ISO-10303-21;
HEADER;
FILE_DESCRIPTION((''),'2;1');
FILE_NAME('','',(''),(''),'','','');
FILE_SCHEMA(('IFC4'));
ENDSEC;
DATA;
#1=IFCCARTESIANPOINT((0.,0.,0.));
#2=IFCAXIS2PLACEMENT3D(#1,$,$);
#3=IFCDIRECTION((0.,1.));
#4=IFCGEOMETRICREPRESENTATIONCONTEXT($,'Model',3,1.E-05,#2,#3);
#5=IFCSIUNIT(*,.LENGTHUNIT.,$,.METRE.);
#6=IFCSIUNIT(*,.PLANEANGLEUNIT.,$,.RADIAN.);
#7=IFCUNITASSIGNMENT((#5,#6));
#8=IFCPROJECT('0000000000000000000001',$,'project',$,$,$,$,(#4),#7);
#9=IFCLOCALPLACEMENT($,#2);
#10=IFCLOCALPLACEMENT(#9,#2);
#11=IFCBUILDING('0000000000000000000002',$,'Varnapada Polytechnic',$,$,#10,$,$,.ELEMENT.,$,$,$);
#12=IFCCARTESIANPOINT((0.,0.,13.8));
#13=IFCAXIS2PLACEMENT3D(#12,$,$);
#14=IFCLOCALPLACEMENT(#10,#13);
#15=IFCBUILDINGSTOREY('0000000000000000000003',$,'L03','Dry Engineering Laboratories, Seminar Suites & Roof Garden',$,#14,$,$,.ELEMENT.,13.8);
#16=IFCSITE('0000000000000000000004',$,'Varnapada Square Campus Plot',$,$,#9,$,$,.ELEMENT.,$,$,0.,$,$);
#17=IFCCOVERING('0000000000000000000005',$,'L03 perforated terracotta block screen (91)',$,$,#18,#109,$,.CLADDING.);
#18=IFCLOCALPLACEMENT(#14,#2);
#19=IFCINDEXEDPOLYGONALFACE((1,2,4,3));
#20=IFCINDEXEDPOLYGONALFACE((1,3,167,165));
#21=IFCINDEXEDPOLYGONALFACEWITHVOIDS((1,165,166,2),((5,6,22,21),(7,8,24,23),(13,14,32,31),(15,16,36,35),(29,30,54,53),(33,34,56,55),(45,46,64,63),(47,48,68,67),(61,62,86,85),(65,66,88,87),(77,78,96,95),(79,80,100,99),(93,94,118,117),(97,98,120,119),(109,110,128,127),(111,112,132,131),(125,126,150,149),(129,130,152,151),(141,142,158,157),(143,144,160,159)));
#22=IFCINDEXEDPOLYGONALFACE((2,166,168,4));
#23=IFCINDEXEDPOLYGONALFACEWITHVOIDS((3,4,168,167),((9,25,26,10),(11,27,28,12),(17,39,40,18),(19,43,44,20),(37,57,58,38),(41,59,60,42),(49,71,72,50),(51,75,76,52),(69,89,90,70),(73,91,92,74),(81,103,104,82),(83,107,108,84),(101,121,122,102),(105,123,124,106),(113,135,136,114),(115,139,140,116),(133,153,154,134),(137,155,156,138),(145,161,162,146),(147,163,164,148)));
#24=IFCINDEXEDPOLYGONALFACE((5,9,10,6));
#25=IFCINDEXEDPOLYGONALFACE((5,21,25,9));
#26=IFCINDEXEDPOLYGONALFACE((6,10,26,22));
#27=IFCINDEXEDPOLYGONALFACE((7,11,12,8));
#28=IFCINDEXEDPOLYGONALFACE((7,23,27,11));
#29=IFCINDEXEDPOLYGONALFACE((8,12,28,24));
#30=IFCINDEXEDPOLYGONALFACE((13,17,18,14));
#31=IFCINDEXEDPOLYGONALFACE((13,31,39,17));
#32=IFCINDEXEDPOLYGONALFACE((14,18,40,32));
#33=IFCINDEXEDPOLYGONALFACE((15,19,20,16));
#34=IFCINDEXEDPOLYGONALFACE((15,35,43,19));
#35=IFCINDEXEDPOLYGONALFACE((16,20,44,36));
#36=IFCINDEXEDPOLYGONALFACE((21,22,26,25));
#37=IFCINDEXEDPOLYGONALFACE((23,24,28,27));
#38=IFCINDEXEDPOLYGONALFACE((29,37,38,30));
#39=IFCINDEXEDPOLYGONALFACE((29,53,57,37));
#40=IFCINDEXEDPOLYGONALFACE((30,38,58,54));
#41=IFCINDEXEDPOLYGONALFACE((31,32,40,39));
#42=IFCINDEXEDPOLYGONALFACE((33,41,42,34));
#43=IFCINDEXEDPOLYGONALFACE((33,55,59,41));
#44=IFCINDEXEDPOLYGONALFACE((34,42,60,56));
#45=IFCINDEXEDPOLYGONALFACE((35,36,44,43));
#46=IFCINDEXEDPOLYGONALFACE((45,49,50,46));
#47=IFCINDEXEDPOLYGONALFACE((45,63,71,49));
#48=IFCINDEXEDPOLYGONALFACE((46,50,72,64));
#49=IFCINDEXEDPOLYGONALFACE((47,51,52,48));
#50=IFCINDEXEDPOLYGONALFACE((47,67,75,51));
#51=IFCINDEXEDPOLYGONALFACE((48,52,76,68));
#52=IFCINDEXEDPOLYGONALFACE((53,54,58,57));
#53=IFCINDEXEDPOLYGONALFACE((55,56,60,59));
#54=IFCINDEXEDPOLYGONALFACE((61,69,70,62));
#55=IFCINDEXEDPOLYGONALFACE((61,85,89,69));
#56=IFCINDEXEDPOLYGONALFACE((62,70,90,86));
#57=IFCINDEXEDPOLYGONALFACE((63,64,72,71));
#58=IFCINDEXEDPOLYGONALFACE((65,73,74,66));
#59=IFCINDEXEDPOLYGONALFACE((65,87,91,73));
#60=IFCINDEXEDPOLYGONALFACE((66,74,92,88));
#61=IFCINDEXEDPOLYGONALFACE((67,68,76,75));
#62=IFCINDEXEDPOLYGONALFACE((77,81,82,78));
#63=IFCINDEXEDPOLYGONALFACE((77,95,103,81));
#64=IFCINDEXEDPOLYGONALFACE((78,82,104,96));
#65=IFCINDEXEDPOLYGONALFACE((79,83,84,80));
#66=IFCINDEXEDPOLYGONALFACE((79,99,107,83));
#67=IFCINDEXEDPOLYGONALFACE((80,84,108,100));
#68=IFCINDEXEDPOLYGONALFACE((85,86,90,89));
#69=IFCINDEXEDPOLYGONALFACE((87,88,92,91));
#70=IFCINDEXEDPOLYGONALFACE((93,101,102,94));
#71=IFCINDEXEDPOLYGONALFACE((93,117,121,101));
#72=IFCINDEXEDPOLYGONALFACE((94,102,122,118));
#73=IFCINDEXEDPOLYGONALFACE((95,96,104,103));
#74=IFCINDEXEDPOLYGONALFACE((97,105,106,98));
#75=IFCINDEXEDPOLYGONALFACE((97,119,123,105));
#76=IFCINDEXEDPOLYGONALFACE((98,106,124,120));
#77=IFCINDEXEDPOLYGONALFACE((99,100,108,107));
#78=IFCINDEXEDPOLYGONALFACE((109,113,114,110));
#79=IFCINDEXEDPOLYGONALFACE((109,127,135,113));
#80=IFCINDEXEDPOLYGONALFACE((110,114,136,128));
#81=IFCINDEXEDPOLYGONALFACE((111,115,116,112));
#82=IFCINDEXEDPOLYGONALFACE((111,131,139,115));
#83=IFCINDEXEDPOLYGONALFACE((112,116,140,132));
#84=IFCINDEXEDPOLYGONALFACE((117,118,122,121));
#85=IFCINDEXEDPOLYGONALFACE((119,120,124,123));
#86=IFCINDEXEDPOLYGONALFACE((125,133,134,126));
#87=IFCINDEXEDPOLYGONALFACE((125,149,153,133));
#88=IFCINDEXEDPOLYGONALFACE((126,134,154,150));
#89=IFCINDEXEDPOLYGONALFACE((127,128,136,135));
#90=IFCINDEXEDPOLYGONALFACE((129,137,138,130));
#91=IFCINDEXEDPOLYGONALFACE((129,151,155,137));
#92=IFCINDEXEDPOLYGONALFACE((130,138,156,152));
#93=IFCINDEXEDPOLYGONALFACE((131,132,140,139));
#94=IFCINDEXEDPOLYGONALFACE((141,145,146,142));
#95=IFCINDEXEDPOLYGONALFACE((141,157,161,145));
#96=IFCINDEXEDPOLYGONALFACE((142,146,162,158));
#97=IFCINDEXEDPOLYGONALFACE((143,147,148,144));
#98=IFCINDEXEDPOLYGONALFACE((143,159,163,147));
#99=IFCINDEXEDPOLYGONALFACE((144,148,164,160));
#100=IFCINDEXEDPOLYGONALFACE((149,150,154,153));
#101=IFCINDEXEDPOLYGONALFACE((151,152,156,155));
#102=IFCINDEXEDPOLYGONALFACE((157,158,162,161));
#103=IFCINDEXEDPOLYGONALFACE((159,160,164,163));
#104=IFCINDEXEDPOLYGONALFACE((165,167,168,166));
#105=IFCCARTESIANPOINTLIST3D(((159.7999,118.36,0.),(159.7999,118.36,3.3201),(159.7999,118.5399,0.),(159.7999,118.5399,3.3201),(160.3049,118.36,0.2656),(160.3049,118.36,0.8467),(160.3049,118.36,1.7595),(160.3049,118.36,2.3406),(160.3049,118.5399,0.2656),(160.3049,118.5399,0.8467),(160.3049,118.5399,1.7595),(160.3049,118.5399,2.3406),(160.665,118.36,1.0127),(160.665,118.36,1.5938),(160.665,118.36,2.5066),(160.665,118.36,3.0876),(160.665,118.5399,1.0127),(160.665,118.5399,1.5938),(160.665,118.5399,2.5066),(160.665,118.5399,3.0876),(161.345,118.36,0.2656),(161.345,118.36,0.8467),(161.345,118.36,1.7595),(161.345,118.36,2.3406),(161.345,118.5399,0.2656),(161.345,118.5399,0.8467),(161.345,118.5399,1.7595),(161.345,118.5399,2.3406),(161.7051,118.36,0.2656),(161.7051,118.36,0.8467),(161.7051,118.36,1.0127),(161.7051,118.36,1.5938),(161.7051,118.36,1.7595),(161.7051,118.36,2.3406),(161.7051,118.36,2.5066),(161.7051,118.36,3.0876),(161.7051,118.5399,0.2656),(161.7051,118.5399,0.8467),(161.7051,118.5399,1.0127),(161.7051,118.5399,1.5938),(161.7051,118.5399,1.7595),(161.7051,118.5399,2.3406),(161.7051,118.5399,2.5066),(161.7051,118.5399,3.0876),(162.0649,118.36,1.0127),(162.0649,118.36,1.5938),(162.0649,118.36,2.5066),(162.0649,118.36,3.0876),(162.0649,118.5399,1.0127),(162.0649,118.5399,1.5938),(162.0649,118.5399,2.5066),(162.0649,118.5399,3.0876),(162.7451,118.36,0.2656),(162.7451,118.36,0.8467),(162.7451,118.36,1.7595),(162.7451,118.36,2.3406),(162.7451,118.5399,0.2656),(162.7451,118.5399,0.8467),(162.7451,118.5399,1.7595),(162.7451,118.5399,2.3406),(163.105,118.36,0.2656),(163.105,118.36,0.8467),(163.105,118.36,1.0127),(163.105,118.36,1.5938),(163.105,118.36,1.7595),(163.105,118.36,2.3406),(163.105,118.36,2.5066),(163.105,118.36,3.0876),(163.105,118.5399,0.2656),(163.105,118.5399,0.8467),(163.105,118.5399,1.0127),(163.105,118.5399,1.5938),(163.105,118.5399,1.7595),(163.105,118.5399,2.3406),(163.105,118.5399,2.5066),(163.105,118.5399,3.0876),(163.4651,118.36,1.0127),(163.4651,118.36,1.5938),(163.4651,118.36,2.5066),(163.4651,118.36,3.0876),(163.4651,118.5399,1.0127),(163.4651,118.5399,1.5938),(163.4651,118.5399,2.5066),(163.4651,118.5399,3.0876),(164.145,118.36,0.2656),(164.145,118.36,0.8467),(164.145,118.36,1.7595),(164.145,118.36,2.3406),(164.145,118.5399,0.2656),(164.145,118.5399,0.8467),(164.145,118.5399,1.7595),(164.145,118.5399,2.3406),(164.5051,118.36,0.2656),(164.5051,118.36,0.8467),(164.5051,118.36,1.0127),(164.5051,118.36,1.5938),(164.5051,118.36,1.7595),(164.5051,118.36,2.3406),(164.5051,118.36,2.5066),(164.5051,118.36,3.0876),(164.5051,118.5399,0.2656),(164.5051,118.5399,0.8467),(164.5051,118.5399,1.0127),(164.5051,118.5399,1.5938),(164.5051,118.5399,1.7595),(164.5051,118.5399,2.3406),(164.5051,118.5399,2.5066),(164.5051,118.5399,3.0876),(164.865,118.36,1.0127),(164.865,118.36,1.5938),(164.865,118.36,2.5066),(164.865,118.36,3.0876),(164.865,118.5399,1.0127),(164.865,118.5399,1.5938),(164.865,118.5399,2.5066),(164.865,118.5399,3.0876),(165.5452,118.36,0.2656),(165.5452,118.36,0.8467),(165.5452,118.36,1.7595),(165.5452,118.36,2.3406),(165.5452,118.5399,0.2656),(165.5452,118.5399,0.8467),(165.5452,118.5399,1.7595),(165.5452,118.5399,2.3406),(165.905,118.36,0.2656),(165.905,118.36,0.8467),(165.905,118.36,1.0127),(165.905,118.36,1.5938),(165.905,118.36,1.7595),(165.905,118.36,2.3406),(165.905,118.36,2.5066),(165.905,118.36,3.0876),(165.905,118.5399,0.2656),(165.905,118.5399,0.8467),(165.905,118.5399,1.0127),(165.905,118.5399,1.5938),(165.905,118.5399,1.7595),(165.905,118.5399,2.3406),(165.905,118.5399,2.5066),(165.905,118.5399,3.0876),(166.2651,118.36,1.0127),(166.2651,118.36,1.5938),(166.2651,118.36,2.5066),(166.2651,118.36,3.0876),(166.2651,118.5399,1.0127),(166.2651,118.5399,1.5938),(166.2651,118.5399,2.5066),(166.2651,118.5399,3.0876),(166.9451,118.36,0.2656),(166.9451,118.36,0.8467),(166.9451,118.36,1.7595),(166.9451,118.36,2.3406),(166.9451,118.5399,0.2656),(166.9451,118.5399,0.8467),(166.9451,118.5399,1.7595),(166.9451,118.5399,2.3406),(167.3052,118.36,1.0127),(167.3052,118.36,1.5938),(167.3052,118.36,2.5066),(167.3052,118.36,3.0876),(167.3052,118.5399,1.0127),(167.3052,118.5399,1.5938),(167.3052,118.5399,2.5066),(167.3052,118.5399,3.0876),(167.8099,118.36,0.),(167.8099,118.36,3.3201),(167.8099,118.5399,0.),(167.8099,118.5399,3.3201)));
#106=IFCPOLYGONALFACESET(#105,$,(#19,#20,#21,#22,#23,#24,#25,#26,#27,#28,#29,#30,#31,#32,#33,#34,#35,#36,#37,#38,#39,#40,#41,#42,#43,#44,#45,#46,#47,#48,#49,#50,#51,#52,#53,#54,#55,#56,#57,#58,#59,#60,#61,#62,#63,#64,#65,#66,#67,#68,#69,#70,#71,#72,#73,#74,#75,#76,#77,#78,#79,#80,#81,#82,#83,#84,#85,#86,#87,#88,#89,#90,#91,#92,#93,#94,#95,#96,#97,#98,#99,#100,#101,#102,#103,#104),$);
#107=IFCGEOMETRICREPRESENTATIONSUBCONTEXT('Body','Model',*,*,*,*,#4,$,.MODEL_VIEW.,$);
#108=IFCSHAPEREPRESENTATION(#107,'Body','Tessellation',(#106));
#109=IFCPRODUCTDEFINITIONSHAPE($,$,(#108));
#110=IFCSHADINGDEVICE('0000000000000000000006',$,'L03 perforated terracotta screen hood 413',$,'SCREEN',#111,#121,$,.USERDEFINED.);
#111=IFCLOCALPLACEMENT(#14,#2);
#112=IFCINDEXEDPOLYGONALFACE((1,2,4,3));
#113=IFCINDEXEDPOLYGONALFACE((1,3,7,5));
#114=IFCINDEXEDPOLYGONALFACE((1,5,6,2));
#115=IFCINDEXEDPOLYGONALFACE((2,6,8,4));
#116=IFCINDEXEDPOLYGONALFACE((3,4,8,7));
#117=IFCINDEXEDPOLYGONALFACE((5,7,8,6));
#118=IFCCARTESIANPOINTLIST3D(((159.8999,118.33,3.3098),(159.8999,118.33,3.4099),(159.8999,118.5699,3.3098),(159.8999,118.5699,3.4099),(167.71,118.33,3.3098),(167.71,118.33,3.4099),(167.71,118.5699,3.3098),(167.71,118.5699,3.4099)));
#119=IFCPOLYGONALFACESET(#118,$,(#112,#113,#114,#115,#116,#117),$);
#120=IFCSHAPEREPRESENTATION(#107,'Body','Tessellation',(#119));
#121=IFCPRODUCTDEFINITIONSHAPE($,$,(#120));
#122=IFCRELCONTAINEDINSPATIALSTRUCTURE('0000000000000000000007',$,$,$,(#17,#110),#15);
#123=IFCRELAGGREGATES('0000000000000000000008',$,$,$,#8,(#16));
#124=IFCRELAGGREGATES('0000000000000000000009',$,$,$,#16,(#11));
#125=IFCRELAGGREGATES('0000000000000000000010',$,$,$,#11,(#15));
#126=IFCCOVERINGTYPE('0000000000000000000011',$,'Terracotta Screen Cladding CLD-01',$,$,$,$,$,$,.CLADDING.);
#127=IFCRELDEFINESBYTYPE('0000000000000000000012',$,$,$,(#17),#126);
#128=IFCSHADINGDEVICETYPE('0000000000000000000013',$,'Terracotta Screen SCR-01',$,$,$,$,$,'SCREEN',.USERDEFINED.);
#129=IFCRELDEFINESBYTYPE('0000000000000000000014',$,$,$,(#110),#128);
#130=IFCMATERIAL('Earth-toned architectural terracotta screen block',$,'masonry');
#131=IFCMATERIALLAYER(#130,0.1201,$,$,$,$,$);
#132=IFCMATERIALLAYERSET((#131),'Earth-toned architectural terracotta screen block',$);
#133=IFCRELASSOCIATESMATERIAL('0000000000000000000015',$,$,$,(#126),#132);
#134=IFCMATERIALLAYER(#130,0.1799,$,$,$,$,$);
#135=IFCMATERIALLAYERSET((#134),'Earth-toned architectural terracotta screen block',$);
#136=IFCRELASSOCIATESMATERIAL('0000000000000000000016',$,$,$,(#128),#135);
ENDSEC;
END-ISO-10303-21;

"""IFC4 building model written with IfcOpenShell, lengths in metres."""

from ifc_helpers import new_model, si_unit, direction, frame, frame_2d, origin, origin_2d, place, context, subcontext, project, spatial, rectangle, extrude, material, layer, layer_set, type_object, element, save


model = new_model("IFC4")

# Units and contexts
model_context = context("Model", 3, precision=1e-05, world=origin(), true_north=direction((0.0, 1.0)))
body_context = subcontext(model_context, "Body", "Model", "MODEL_VIEW")
ifc_project = project(units=[si_unit("LENGTHUNIT", "METRE"), si_unit("PLANEANGLEUNIT", "RADIAN")], contexts=[model_context])

# Site, building, storey
site_placement = place(None, origin())
site = spatial("IfcSite", under=ifc_project, at=site_placement, Name="Varnapada Square Campus Plot", CompositionType="ELEMENT", RefElevation=0.0)
building_placement = place(site_placement, origin())
building = spatial("IfcBuilding", under=site, at=building_placement, Name="Varnapada Polytechnic", CompositionType="ELEMENT")
storey_placement = place(building_placement, frame((0.0, 0.0, 13.8)))
storey = spatial("IfcBuildingStorey", under=building, at=storey_placement, Name="L03", Description="Dry Engineering Laboratories, Seminar Suites & Roof Garden", CompositionType="ELEMENT", Elevation=13.8)

# Covering, openings
ifc_material_1 = material(Name="Earth-toned architectural terracotta screen block", Category="masonry")
ifc_layer_1 = layer(ifc_material_1, 0.1201)
ifc_layer_set_1 = layer_set([ifc_layer_1], Name="Earth-toned architectural terracotta screen block")
covering_type_1 = type_object("IfcCoveringType", Name="Terracotta Screen Cladding CLD-01", PredefinedType="CLADDING", material=ifc_layer_set_1)
covering_1_placement = place(storey_placement, frame((159.8, 118.45, 0.0), z_axis=(0.0, 0.0, 1.0), x_axis=(1.0, 0.0, 0.0)))
covering_1 = element("IfcCovering", 1, at=covering_1_placement, inside=storey, type_object=covering_type_1, Name="L03 perforated terracotta block screen (91)", PredefinedType="CLADDING", context=body_context, shape_type="SweptSolid", body=[
    extrude(rectangle(XDim=8.01, YDim=0.1799, at=frame_2d((4.0049, 0.0))), origin(), (0.0, 0.0, 1.0), 3.3201),
])
opening_1_placement = place(covering_1_placement, frame((0.5049, 0.0, 0.2656)))
element("IfcOpeningElement", 2, at=opening_1_placement, cuts=covering_1, PredefinedType="OPENING", context=body_context, shape_type="SweptSolid", body=[
    extrude(rectangle(XDim=1.04, YDim=0.5811, at=frame_2d((0.52, 0.2905))), frame((0.0, 0.0999, 0.0), z_axis=(0.0, -1.0, 0.0), x_axis=(1.0, 0.0, 0.0)), (0.0, 0.0, 1.0), 0.2),
])
opening_2_placement = place(covering_1_placement, frame((1.905, 0.0, 0.2656)))
element("IfcOpeningElement", 3, at=opening_2_placement, cuts=covering_1, PredefinedType="OPENING", context=body_context, shape_type="SweptSolid", body=[
    extrude(rectangle(XDim=1.04, YDim=0.5811, at=frame_2d((0.52, 0.2905))), frame((0.0, 0.0999, 0.0), z_axis=(0.0, -1.0, 0.0), x_axis=(1.0, 0.0, 0.0)), (0.0, 0.0, 1.0), 0.2),
])
opening_3_placement = place(covering_1_placement, frame((3.3049, 0.0, 0.2656)))
element("IfcOpeningElement", 4, at=opening_3_placement, cuts=covering_1, PredefinedType="OPENING", context=body_context, shape_type="SweptSolid", body=[
    extrude(rectangle(XDim=1.04, YDim=0.5811, at=frame_2d((0.52, 0.2905))), frame((0.0, 0.0999, 0.0), z_axis=(0.0, -1.0, 0.0), x_axis=(1.0, 0.0, 0.0)), (0.0, 0.0, 1.0), 0.2),
])
opening_4_placement = place(covering_1_placement, frame((4.7051, 0.0, 0.2656)))
element("IfcOpeningElement", 5, at=opening_4_placement, cuts=covering_1, PredefinedType="OPENING", context=body_context, shape_type="SweptSolid", body=[
    extrude(rectangle(XDim=1.04, YDim=0.5811, at=frame_2d((0.52, 0.2905))), frame((0.0, 0.0999, 0.0), z_axis=(0.0, -1.0, 0.0), x_axis=(1.0, 0.0, 0.0)), (0.0, 0.0, 1.0), 0.2),
])
opening_5_placement = place(covering_1_placement, frame((6.105, 0.0, 0.2656)))
element("IfcOpeningElement", 6, at=opening_5_placement, cuts=covering_1, PredefinedType="OPENING", context=body_context, shape_type="SweptSolid", body=[
    extrude(rectangle(XDim=1.04, YDim=0.5811, at=frame_2d((0.52, 0.2905))), frame((0.0, 0.0999, 0.0), z_axis=(0.0, -1.0, 0.0), x_axis=(1.0, 0.0, 0.0)), (0.0, 0.0, 1.0), 0.2),
])
opening_6_placement = place(covering_1_placement, frame((0.865, 0.0, 1.0127)))
element("IfcOpeningElement", 7, at=opening_6_placement, cuts=covering_1, PredefinedType="OPENING", context=body_context, shape_type="SweptSolid", body=[
    extrude(rectangle(XDim=1.04, YDim=0.5811, at=frame_2d((0.52, 0.2905))), frame((0.0, 0.0999, 0.0), z_axis=(0.0, -1.0, 0.0), x_axis=(1.0, 0.0, 0.0)), (0.0, 0.0, 1.0), 0.2),
])
opening_7_placement = place(covering_1_placement, frame((2.2649, 0.0, 1.0127)))
element("IfcOpeningElement", 8, at=opening_7_placement, cuts=covering_1, PredefinedType="OPENING", context=body_context, shape_type="SweptSolid", body=[
    extrude(rectangle(XDim=1.04, YDim=0.5811, at=frame_2d((0.52, 0.2905))), frame((0.0, 0.0999, 0.0), z_axis=(0.0, -1.0, 0.0), x_axis=(1.0, 0.0, 0.0)), (0.0, 0.0, 1.0), 0.2),
])
opening_8_placement = place(covering_1_placement, frame((3.665, 0.0, 1.0127)))
element("IfcOpeningElement", 9, at=opening_8_placement, cuts=covering_1, PredefinedType="OPENING", context=body_context, shape_type="SweptSolid", body=[
    extrude(rectangle(XDim=1.04, YDim=0.5811, at=frame_2d((0.52, 0.2905))), frame((0.0, 0.0999, 0.0), z_axis=(0.0, -1.0, 0.0), x_axis=(1.0, 0.0, 0.0)), (0.0, 0.0, 1.0), 0.2),
])
opening_9_placement = place(covering_1_placement, frame((5.0649, 0.0, 1.0127)))
element("IfcOpeningElement", 10, at=opening_9_placement, cuts=covering_1, PredefinedType="OPENING", context=body_context, shape_type="SweptSolid", body=[
    extrude(rectangle(XDim=1.04, YDim=0.5811, at=frame_2d((0.52, 0.2905))), frame((0.0, 0.0999, 0.0), z_axis=(0.0, -1.0, 0.0), x_axis=(1.0, 0.0, 0.0)), (0.0, 0.0, 1.0), 0.2),
])
opening_10_placement = place(covering_1_placement, frame((6.4651, 0.0, 1.0127)))
element("IfcOpeningElement", 11, at=opening_10_placement, cuts=covering_1, PredefinedType="OPENING", context=body_context, shape_type="SweptSolid", body=[
    extrude(rectangle(XDim=1.04, YDim=0.5811, at=frame_2d((0.52, 0.2905))), frame((0.0, 0.0999, 0.0), z_axis=(0.0, -1.0, 0.0), x_axis=(1.0, 0.0, 0.0)), (0.0, 0.0, 1.0), 0.2),
])
opening_11_placement = place(covering_1_placement, frame((0.5049, 0.0, 1.7595)))
element("IfcOpeningElement", 12, at=opening_11_placement, cuts=covering_1, PredefinedType="OPENING", context=body_context, shape_type="SweptSolid", body=[
    extrude(rectangle(XDim=1.04, YDim=0.5811, at=frame_2d((0.52, 0.2905))), frame((0.0, 0.0999, 0.0), z_axis=(0.0, -1.0, 0.0), x_axis=(1.0, 0.0, 0.0)), (0.0, 0.0, 1.0), 0.2),
])
opening_12_placement = place(covering_1_placement, frame((1.905, 0.0, 1.7595)))
element("IfcOpeningElement", 13, at=opening_12_placement, cuts=covering_1, PredefinedType="OPENING", context=body_context, shape_type="SweptSolid", body=[
    extrude(rectangle(XDim=1.04, YDim=0.5811, at=frame_2d((0.52, 0.2905))), frame((0.0, 0.0999, 0.0), z_axis=(0.0, -1.0, 0.0), x_axis=(1.0, 0.0, 0.0)), (0.0, 0.0, 1.0), 0.2),
])
opening_13_placement = place(covering_1_placement, frame((3.3049, 0.0, 1.7595)))
element("IfcOpeningElement", 14, at=opening_13_placement, cuts=covering_1, PredefinedType="OPENING", context=body_context, shape_type="SweptSolid", body=[
    extrude(rectangle(XDim=1.04, YDim=0.5811, at=frame_2d((0.52, 0.2905))), frame((0.0, 0.0999, 0.0), z_axis=(0.0, -1.0, 0.0), x_axis=(1.0, 0.0, 0.0)), (0.0, 0.0, 1.0), 0.2),
])
opening_14_placement = place(covering_1_placement, frame((4.7051, 0.0, 1.7595)))
element("IfcOpeningElement", 15, at=opening_14_placement, cuts=covering_1, PredefinedType="OPENING", context=body_context, shape_type="SweptSolid", body=[
    extrude(rectangle(XDim=1.04, YDim=0.5811, at=frame_2d((0.52, 0.2905))), frame((0.0, 0.0999, 0.0), z_axis=(0.0, -1.0, 0.0), x_axis=(1.0, 0.0, 0.0)), (0.0, 0.0, 1.0), 0.2),
])
opening_15_placement = place(covering_1_placement, frame((6.105, 0.0, 1.7595)))
element("IfcOpeningElement", 16, at=opening_15_placement, cuts=covering_1, PredefinedType="OPENING", context=body_context, shape_type="SweptSolid", body=[
    extrude(rectangle(XDim=1.04, YDim=0.5811, at=frame_2d((0.52, 0.2905))), frame((0.0, 0.0999, 0.0), z_axis=(0.0, -1.0, 0.0), x_axis=(1.0, 0.0, 0.0)), (0.0, 0.0, 1.0), 0.2),
])
opening_16_placement = place(covering_1_placement, frame((0.865, 0.0, 2.5066)))
element("IfcOpeningElement", 17, at=opening_16_placement, cuts=covering_1, PredefinedType="OPENING", context=body_context, shape_type="SweptSolid", body=[
    extrude(rectangle(XDim=1.04, YDim=0.5811, at=frame_2d((0.52, 0.2905))), frame((0.0, 0.0999, 0.0), z_axis=(0.0, -1.0, 0.0), x_axis=(1.0, 0.0, 0.0)), (0.0, 0.0, 1.0), 0.2),
])
opening_17_placement = place(covering_1_placement, frame((2.2649, 0.0, 2.5066)))
element("IfcOpeningElement", 18, at=opening_17_placement, cuts=covering_1, PredefinedType="OPENING", context=body_context, shape_type="SweptSolid", body=[
    extrude(rectangle(XDim=1.04, YDim=0.5811, at=frame_2d((0.52, 0.2905))), frame((0.0, 0.0999, 0.0), z_axis=(0.0, -1.0, 0.0), x_axis=(1.0, 0.0, 0.0)), (0.0, 0.0, 1.0), 0.2),
])
opening_18_placement = place(covering_1_placement, frame((3.665, 0.0, 2.5066)))
element("IfcOpeningElement", 19, at=opening_18_placement, cuts=covering_1, PredefinedType="OPENING", context=body_context, shape_type="SweptSolid", body=[
    extrude(rectangle(XDim=1.04, YDim=0.5811, at=frame_2d((0.52, 0.2905))), frame((0.0, 0.0999, 0.0), z_axis=(0.0, -1.0, 0.0), x_axis=(1.0, 0.0, 0.0)), (0.0, 0.0, 1.0), 0.2),
])
opening_19_placement = place(covering_1_placement, frame((5.0649, 0.0, 2.5066)))
element("IfcOpeningElement", 20, at=opening_19_placement, cuts=covering_1, PredefinedType="OPENING", context=body_context, shape_type="SweptSolid", body=[
    extrude(rectangle(XDim=1.04, YDim=0.5811, at=frame_2d((0.52, 0.2905))), frame((0.0, 0.0999, 0.0), z_axis=(0.0, -1.0, 0.0), x_axis=(1.0, 0.0, 0.0)), (0.0, 0.0, 1.0), 0.2),
])
opening_20_placement = place(covering_1_placement, frame((6.4651, 0.0, 2.5066)))
element("IfcOpeningElement", 21, at=opening_20_placement, cuts=covering_1, PredefinedType="OPENING", context=body_context, shape_type="SweptSolid", body=[
    extrude(rectangle(XDim=1.04, YDim=0.5811, at=frame_2d((0.52, 0.2905))), frame((0.0, 0.0999, 0.0), z_axis=(0.0, -1.0, 0.0), x_axis=(1.0, 0.0, 0.0)), (0.0, 0.0, 1.0), 0.2),
])

# Shading device
ifc_layer_2 = layer(ifc_material_1, 0.1799)
ifc_layer_set_2 = layer_set([ifc_layer_2], Name="Earth-toned architectural terracotta screen block")
shading_device_type_1 = type_object("IfcShadingDeviceType", Name="Terracotta Screen SCR-01", ElementType="SCREEN", PredefinedType="USERDEFINED", material=ifc_layer_set_2)
shading_device_1_placement = place(storey_placement, frame((163.8049, 118.45, 3.3098), z_axis=(0.0, 0.0, 1.0), x_axis=(1.0, 0.0, 0.0)))
element("IfcShadingDevice", 22, at=shading_device_1_placement, inside=storey, type_object=shading_device_type_1, Name="L03 perforated terracotta screen hood 413", ObjectType="SCREEN", PredefinedType="USERDEFINED", context=body_context, shape_type="SweptSolid", body=[
    extrude(rectangle(XDim=7.8101, YDim=0.24, at=origin_2d()), origin(), (0.0, 0.0, 1.0), 0.1001),
])

save(model, "model.ifc")
